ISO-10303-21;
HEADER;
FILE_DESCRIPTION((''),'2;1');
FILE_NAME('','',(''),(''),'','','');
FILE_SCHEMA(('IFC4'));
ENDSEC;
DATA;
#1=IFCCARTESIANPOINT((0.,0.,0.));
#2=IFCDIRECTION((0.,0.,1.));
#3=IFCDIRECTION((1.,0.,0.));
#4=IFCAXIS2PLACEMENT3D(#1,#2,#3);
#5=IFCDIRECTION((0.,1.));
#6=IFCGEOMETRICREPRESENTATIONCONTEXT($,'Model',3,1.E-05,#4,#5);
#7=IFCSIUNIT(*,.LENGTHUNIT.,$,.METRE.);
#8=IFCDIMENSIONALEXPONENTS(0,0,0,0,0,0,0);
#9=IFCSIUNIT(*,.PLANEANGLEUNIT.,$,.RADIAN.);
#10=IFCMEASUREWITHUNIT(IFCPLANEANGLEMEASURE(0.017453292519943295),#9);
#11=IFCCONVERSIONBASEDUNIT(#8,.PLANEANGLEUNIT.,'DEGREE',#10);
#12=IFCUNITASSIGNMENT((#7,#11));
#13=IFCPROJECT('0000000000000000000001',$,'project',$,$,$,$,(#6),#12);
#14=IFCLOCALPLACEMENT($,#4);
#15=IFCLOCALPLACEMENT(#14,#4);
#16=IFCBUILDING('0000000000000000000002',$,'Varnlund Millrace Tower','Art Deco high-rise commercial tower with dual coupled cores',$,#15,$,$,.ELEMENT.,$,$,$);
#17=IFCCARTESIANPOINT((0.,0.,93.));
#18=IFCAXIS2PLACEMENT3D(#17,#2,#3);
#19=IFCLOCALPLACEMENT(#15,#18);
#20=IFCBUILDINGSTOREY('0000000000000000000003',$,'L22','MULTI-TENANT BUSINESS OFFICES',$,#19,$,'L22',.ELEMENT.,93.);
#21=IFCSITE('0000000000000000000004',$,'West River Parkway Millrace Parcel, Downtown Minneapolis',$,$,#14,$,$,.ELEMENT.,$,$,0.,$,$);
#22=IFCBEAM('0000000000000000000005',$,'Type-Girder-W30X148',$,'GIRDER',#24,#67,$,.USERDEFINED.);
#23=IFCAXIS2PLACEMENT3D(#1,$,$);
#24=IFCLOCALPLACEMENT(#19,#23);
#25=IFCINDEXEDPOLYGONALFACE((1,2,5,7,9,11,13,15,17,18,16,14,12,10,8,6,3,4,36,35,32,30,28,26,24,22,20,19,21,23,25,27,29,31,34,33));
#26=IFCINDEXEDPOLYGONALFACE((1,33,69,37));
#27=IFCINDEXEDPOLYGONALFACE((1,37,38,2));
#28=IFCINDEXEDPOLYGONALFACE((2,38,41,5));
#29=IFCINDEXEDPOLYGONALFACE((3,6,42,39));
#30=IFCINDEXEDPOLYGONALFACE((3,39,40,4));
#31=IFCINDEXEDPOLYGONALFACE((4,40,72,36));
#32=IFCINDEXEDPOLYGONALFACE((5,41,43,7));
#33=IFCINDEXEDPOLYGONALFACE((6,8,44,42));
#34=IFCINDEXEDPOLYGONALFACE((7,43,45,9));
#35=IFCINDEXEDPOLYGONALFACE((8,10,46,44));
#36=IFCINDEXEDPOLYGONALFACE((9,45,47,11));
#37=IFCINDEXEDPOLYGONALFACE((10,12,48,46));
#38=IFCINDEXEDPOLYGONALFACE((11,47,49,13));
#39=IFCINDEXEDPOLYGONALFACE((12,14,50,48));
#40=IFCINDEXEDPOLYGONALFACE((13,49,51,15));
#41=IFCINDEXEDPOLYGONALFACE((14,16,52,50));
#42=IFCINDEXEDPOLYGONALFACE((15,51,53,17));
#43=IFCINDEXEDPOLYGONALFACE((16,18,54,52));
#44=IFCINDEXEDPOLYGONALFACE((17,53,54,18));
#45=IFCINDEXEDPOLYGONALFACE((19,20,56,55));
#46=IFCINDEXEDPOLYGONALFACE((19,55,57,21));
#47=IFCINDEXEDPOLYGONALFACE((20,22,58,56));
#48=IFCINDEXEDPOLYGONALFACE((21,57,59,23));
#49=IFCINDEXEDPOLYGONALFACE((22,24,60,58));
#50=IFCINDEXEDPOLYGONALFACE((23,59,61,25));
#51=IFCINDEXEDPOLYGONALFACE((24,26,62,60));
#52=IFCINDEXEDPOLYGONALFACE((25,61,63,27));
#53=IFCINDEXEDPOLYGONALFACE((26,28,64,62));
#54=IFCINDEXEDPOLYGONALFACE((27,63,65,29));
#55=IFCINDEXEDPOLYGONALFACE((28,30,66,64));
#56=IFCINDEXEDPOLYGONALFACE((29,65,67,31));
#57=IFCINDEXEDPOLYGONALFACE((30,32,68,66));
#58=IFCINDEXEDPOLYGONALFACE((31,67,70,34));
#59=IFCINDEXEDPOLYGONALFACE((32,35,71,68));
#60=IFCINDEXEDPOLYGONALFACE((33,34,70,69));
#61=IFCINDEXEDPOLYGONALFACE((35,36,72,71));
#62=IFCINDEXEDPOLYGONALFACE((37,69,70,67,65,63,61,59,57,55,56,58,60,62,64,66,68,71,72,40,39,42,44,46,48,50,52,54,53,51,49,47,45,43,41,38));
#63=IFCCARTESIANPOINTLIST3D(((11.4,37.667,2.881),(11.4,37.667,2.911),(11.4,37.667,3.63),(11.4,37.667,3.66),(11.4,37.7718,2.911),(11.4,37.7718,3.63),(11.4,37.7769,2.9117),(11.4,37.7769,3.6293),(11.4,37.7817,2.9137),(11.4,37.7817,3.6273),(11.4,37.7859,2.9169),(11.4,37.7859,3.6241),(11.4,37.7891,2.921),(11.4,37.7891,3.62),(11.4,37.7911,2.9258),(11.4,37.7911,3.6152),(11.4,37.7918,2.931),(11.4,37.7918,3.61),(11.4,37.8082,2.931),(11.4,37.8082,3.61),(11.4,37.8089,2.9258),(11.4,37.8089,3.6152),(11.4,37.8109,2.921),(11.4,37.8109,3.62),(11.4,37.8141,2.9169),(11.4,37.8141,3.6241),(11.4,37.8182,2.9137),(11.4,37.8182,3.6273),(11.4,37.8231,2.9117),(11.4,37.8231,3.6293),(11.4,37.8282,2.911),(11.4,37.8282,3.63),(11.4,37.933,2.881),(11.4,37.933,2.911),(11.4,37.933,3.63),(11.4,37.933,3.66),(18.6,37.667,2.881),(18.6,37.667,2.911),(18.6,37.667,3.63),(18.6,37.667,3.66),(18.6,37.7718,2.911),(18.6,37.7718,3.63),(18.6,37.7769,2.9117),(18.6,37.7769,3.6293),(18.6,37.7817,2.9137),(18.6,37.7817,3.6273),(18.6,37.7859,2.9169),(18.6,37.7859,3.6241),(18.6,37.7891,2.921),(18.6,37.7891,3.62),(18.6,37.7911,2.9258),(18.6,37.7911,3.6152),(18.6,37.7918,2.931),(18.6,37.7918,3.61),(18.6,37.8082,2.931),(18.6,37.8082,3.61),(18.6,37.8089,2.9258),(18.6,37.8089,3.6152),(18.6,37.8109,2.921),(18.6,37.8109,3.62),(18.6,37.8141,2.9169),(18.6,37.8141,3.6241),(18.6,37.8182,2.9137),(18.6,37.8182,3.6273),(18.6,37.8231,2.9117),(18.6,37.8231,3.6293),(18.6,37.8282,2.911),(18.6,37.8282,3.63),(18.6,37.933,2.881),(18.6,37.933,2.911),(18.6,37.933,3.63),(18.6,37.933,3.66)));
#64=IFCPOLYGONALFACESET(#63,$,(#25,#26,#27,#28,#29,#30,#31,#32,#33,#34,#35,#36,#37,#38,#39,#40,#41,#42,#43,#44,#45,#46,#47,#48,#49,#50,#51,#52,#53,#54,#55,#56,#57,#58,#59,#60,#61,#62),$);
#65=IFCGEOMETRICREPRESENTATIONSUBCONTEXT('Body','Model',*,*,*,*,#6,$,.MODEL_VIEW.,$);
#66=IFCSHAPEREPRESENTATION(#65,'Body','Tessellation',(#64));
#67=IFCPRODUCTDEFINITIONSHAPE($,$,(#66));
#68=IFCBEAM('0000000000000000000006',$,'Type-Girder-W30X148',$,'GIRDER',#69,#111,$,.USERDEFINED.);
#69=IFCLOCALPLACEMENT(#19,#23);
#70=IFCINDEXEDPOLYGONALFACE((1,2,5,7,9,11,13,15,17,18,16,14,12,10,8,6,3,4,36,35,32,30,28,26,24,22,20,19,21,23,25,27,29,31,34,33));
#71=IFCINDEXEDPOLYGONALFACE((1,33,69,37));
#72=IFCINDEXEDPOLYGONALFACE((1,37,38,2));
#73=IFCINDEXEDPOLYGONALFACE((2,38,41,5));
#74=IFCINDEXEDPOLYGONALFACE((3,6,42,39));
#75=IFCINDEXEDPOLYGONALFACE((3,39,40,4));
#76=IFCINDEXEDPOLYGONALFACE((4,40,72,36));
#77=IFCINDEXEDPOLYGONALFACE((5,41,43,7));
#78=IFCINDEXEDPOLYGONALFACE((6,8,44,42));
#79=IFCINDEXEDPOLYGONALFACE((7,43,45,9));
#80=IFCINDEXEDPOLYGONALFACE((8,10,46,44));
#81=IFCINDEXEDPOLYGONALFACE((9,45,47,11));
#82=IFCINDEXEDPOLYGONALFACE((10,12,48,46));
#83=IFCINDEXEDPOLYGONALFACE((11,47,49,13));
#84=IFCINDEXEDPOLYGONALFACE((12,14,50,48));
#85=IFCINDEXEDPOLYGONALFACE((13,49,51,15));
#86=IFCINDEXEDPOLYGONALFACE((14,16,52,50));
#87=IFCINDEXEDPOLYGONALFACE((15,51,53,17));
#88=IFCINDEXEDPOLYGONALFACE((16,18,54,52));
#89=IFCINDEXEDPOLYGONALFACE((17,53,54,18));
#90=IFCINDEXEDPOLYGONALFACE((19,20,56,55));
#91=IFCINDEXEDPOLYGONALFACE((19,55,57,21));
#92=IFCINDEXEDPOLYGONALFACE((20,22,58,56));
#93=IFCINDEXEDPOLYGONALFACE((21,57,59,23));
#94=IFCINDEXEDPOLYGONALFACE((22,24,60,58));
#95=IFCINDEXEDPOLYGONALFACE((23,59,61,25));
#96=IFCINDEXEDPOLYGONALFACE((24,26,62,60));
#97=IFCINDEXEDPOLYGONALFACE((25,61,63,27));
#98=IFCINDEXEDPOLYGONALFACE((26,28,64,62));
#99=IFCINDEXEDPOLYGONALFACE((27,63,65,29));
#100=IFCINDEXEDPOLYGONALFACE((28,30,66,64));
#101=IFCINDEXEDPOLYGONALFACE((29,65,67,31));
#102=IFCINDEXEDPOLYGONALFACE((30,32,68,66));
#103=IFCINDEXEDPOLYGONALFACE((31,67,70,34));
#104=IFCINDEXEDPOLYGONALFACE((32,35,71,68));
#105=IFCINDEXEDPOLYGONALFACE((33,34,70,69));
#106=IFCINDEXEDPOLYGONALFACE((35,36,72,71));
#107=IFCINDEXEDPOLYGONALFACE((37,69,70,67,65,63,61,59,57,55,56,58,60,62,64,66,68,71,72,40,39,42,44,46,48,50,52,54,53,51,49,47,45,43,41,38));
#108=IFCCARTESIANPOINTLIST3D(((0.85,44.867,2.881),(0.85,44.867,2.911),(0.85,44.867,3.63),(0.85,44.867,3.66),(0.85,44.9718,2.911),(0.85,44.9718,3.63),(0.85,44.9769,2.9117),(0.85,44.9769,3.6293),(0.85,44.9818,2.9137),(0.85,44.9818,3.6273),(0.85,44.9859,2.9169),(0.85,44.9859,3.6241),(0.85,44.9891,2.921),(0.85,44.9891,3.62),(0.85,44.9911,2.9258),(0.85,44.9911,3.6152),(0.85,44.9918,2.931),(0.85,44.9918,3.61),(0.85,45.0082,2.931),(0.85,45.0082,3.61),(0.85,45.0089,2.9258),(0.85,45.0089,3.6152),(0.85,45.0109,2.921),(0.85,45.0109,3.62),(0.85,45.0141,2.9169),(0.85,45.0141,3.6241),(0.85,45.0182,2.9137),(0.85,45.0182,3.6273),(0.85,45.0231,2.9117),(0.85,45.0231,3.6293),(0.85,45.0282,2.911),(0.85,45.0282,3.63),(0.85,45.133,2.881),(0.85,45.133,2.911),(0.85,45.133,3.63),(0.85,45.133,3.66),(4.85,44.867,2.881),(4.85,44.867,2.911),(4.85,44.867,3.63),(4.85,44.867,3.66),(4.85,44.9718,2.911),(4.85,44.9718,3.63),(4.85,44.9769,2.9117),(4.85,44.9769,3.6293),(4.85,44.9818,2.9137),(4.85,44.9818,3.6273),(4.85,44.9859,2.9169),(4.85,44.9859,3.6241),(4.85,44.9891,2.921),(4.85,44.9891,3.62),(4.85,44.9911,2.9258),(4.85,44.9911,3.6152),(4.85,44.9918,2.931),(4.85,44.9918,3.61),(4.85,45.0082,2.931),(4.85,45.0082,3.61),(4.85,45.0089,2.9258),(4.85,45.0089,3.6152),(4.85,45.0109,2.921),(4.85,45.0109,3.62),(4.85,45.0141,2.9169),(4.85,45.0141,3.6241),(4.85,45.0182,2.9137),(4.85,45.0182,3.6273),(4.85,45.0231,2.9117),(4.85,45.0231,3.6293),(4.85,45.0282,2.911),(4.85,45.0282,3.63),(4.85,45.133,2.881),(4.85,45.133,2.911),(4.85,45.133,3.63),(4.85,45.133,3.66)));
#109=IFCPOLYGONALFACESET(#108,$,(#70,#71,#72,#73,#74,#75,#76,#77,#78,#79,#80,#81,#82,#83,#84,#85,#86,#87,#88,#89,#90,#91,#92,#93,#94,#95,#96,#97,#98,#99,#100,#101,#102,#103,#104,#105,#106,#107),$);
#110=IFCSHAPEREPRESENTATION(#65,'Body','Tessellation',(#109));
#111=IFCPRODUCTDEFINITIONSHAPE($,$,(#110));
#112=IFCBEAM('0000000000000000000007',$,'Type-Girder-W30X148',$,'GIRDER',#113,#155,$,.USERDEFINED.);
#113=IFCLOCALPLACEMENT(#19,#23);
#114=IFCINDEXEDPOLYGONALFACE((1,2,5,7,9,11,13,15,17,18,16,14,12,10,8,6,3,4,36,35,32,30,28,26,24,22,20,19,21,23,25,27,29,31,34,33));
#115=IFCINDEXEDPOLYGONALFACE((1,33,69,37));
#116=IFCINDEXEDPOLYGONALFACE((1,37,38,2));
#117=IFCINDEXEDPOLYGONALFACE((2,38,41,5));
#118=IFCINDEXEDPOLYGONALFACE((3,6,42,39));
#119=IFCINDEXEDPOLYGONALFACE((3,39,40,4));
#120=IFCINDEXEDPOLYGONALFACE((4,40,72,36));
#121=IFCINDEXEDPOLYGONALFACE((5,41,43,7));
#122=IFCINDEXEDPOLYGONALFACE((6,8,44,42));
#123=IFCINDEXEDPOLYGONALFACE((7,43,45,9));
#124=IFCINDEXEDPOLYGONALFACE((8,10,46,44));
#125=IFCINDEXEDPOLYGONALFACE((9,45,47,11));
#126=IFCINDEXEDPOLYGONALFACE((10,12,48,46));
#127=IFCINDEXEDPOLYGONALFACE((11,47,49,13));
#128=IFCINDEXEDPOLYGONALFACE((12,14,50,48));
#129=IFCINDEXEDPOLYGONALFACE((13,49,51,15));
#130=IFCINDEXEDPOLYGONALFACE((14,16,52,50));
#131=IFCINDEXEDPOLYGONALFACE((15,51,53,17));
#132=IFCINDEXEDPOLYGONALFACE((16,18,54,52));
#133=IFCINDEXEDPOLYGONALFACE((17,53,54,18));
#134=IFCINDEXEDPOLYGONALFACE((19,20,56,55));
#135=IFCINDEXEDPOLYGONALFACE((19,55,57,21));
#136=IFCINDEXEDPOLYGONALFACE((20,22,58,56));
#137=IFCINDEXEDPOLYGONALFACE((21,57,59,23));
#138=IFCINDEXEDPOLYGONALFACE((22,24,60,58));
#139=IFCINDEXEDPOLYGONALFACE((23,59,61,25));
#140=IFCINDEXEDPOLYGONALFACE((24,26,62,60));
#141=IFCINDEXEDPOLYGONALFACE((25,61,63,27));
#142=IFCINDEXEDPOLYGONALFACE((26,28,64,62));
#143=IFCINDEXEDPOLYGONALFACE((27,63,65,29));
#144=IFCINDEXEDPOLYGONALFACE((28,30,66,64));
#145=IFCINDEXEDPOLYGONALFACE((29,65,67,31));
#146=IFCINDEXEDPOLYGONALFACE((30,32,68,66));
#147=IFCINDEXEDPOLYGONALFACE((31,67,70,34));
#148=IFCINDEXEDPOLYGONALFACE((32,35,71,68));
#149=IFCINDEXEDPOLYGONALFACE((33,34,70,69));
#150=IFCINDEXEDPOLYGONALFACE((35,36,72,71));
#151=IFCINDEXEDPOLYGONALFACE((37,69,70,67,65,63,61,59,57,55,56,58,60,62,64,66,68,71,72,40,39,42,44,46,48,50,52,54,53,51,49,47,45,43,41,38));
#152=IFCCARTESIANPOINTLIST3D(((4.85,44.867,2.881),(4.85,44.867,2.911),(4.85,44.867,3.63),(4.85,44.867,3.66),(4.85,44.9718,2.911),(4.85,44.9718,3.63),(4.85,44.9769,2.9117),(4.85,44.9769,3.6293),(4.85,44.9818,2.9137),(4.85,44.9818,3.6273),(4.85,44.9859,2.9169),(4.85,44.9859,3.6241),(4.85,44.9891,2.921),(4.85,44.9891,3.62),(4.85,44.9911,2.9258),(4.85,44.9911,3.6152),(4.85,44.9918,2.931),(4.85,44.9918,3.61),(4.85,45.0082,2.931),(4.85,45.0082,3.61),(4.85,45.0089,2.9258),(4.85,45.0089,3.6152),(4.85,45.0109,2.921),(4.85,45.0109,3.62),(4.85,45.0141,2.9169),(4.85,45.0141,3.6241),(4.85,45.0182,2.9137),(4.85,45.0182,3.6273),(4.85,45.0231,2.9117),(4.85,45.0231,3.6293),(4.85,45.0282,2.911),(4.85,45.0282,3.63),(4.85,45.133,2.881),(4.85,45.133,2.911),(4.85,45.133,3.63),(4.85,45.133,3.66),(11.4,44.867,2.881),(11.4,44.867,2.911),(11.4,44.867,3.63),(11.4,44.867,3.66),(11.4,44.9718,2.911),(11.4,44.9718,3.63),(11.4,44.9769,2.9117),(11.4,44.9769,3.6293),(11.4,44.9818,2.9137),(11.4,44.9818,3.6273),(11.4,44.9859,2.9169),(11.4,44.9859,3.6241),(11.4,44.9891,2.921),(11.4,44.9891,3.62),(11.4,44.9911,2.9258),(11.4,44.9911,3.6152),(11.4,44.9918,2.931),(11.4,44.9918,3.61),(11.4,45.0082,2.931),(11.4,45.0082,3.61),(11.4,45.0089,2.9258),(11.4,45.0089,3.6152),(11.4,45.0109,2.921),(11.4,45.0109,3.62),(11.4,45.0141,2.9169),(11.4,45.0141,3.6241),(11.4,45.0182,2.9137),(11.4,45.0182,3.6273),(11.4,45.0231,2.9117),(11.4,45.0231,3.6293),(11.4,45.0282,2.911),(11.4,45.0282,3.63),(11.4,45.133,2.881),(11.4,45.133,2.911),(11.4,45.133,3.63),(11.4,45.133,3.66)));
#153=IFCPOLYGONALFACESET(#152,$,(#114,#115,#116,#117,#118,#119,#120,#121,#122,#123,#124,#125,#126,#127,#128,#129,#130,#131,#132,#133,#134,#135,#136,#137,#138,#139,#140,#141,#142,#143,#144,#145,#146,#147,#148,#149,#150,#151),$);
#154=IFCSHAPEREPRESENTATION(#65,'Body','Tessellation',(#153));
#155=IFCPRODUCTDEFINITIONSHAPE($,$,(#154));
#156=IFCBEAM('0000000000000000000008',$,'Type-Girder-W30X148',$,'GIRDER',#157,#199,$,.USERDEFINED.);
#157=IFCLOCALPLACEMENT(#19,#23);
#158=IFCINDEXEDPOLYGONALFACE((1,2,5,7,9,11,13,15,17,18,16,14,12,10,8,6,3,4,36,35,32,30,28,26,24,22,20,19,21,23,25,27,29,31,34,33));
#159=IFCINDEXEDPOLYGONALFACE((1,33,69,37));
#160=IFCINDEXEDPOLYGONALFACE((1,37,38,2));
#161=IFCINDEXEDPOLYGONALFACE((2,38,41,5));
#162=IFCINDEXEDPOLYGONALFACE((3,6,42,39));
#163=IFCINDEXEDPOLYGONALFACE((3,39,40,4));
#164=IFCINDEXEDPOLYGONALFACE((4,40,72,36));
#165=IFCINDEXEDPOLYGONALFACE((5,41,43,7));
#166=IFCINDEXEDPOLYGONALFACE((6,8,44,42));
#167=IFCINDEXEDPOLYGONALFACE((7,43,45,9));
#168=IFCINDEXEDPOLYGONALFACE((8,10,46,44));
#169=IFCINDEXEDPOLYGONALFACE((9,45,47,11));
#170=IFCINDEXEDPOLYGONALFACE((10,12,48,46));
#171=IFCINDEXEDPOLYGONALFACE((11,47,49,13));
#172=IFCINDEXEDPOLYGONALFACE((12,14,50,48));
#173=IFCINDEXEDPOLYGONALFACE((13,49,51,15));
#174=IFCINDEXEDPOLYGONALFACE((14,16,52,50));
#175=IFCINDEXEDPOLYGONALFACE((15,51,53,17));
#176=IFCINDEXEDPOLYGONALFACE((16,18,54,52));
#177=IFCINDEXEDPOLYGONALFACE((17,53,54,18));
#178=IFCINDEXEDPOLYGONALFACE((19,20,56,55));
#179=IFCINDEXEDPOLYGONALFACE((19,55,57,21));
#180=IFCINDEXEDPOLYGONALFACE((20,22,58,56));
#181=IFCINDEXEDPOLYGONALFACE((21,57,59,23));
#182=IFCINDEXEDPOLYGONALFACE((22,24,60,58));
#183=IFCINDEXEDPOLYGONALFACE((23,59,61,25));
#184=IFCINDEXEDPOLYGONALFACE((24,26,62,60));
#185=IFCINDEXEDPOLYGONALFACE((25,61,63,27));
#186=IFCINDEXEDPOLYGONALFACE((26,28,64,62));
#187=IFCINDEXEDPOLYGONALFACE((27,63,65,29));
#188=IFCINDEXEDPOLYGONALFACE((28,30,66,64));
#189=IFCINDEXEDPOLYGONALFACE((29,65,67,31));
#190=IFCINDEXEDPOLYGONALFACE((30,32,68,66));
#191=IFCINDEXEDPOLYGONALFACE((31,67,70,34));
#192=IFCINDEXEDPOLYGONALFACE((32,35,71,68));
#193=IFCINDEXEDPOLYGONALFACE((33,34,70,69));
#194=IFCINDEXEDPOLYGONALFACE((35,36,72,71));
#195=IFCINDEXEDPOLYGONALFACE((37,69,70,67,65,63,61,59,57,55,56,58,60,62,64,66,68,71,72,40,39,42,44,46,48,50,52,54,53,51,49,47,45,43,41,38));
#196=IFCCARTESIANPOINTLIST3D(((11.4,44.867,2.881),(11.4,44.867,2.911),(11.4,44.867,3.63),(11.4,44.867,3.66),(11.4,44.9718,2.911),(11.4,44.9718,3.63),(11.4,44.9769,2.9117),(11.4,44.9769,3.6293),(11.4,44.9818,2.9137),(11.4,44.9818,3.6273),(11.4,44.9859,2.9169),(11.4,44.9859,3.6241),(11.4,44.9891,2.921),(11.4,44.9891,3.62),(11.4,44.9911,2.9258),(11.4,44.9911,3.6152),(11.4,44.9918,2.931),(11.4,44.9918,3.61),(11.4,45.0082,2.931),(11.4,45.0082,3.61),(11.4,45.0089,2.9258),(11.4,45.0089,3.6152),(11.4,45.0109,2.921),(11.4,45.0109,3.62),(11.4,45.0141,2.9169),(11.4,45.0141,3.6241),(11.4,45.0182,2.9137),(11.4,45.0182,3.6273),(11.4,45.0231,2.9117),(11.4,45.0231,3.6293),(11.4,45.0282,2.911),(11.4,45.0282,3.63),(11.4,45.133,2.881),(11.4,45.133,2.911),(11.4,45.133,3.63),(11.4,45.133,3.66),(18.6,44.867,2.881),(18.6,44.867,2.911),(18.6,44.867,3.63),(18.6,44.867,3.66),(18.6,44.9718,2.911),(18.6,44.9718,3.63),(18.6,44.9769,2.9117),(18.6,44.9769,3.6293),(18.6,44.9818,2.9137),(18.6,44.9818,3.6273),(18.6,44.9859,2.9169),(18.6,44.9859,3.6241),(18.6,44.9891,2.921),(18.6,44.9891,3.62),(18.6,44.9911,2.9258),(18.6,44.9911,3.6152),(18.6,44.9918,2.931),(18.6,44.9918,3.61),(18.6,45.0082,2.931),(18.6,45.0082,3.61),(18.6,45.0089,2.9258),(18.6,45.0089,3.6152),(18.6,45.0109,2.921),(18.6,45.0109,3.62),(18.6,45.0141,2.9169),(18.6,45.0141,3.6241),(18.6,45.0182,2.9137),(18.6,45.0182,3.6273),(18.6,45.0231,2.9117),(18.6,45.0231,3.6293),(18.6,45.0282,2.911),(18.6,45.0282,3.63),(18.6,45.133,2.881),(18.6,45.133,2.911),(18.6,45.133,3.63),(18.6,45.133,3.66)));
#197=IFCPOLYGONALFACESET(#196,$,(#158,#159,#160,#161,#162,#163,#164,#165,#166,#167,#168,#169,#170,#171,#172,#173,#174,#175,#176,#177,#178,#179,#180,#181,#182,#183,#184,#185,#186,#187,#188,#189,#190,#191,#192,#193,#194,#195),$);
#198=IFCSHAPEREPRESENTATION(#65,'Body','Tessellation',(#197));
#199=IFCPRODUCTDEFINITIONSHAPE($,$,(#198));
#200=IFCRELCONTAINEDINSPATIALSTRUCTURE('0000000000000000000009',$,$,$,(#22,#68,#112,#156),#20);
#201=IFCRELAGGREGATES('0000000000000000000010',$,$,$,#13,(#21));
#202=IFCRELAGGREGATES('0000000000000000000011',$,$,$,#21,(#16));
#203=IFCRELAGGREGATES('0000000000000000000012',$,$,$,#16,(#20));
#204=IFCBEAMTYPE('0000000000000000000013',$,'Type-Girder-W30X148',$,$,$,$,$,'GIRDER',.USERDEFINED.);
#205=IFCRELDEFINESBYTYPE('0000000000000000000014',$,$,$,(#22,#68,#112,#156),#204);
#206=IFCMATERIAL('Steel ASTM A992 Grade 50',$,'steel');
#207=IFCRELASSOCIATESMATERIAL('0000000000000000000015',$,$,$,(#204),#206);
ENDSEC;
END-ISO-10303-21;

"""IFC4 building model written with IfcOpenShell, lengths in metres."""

from ifc_helpers import new_model, entity, si_unit, converted_unit, direction, frame, origin_with_axes, origin_2d_with_axis, place, context, subcontext, project, spatial, i_section, extrude, material, material_profile, profile_set, type_object, element, save


model = new_model("IFC4")

# Units and contexts
model_context = context("Model", 3, precision=1e-05, world=origin_with_axes(), true_north=direction((0.0, 1.0)))
body_context = subcontext(model_context, "Body", "Model", "MODEL_VIEW")
ifc_project = project(units=[si_unit("LENGTHUNIT", "METRE"), converted_unit("PLANEANGLEUNIT", "DEGREE", entity("IfcPlaneAngleMeasure", 0.017453292519943295), si_unit("PLANEANGLEUNIT", "RADIAN"), dimensions=[0, 0, 0, 0, 0, 0, 0])], contexts=[model_context])

# Site, building, storey
site_placement = place(None, origin_with_axes())
site = spatial("IfcSite", under=ifc_project, at=site_placement, Name="West River Parkway Millrace Parcel, Downtown Minneapolis", CompositionType="ELEMENT", RefElevation=0.0)
building_placement = place(site_placement, origin_with_axes())
building = spatial("IfcBuilding", under=site, at=building_placement, Name="Varnlund Millrace Tower", Description="Art Deco high-rise commercial tower with dual coupled cores", CompositionType="ELEMENT")
storey_placement = place(building_placement, frame((0.0, 0.0, 93.0), z_axis=(0.0, 0.0, 1.0), x_axis=(1.0, 0.0, 0.0)))
storey = spatial("IfcBuildingStorey", under=building, at=storey_placement, Name="L22", Description="MULTI-TENANT BUSINESS OFFICES", LongName="L22", CompositionType="ELEMENT", Elevation=93.0)

# Beams
ifc_material_1 = material(Name="Steel ASTM A992 Grade 50", Category="steel")
ifc_material_profile_1 = material_profile(ifc_material_1, i_section(OverallWidth=0.266, OverallDepth=0.779, WebThickness=0.0165, FlangeThickness=0.03, FilletRadius=0.02, at=origin_2d_with_axis()), Name="Steel ASTM A992 Grade 50")
ifc_profile_set_1 = profile_set([ifc_material_profile_1], Name="Steel ASTM A992 Grade 50")
beam_type_1 = type_object("IfcBeamType", Name="Type-Girder-W30X148", ElementType="GIRDER", PredefinedType="USERDEFINED", material=ifc_profile_set_1)
beam_1_placement = place(storey_placement, frame((11.4, 37.8, 3.2705), z_axis=(1.0, 0.0, 0.0), x_axis=(0.0, 1.0, 0.0)))
element("IfcBeam", 1, at=beam_1_placement, inside=storey, type_object=beam_type_1, Name="Type-Girder-W30X148", ObjectType="GIRDER", PredefinedType="USERDEFINED", context=body_context, shape_type="SweptSolid", body=[
    extrude(i_section(OverallWidth=0.266, OverallDepth=0.779, WebThickness=0.0165, FlangeThickness=0.03, FilletRadius=0.02, at=origin_2d_with_axis()), origin_with_axes(), (0.0, 0.0, 1.0), 7.2),
])
beam_2_placement = place(storey_placement, frame((0.85, 45.0, 3.2705), z_axis=(1.0, 0.0, 0.0), x_axis=(0.0, 1.0, 0.0)))
element("IfcBeam", 2, at=beam_2_placement, inside=storey, type_object=beam_type_1, Name="Type-Girder-W30X148", ObjectType="GIRDER", PredefinedType="USERDEFINED", context=body_context, shape_type="SweptSolid", body=[
    extrude(i_section(OverallWidth=0.266, OverallDepth=0.779, WebThickness=0.0165, FlangeThickness=0.03, FilletRadius=0.02, at=origin_2d_with_axis()), origin_with_axes(), (0.0, 0.0, 1.0), 4.0),
])
beam_3_placement = place(storey_placement, frame((4.85, 45.0, 3.2705), z_axis=(1.0, 0.0, 0.0), x_axis=(0.0, 1.0, 0.0)))
element("IfcBeam", 3, at=beam_3_placement, inside=storey, type_object=beam_type_1, Name="Type-Girder-W30X148", ObjectType="GIRDER", PredefinedType="USERDEFINED", context=body_context, shape_type="SweptSolid", body=[
    extrude(i_section(OverallWidth=0.266, OverallDepth=0.779, WebThickness=0.0165, FlangeThickness=0.03, FilletRadius=0.02, at=origin_2d_with_axis()), origin_with_axes(), (0.0, 0.0, 1.0), 6.55),
])
beam_4_placement = place(storey_placement, frame((11.4, 45.0, 3.2705), z_axis=(1.0, 0.0, 0.0), x_axis=(0.0, 1.0, 0.0)))
element("IfcBeam", 4, at=beam_4_placement, inside=storey, type_object=beam_type_1, Name="Type-Girder-W30X148", ObjectType="GIRDER", PredefinedType="USERDEFINED", context=body_context, shape_type="SweptSolid", body=[
    extrude(i_section(OverallWidth=0.266, OverallDepth=0.779, WebThickness=0.0165, FlangeThickness=0.03, FilletRadius=0.02, at=origin_2d_with_axis()), origin_with_axes(), (0.0, 0.0, 1.0), 7.2),
])

save(model, "model.ifc")
